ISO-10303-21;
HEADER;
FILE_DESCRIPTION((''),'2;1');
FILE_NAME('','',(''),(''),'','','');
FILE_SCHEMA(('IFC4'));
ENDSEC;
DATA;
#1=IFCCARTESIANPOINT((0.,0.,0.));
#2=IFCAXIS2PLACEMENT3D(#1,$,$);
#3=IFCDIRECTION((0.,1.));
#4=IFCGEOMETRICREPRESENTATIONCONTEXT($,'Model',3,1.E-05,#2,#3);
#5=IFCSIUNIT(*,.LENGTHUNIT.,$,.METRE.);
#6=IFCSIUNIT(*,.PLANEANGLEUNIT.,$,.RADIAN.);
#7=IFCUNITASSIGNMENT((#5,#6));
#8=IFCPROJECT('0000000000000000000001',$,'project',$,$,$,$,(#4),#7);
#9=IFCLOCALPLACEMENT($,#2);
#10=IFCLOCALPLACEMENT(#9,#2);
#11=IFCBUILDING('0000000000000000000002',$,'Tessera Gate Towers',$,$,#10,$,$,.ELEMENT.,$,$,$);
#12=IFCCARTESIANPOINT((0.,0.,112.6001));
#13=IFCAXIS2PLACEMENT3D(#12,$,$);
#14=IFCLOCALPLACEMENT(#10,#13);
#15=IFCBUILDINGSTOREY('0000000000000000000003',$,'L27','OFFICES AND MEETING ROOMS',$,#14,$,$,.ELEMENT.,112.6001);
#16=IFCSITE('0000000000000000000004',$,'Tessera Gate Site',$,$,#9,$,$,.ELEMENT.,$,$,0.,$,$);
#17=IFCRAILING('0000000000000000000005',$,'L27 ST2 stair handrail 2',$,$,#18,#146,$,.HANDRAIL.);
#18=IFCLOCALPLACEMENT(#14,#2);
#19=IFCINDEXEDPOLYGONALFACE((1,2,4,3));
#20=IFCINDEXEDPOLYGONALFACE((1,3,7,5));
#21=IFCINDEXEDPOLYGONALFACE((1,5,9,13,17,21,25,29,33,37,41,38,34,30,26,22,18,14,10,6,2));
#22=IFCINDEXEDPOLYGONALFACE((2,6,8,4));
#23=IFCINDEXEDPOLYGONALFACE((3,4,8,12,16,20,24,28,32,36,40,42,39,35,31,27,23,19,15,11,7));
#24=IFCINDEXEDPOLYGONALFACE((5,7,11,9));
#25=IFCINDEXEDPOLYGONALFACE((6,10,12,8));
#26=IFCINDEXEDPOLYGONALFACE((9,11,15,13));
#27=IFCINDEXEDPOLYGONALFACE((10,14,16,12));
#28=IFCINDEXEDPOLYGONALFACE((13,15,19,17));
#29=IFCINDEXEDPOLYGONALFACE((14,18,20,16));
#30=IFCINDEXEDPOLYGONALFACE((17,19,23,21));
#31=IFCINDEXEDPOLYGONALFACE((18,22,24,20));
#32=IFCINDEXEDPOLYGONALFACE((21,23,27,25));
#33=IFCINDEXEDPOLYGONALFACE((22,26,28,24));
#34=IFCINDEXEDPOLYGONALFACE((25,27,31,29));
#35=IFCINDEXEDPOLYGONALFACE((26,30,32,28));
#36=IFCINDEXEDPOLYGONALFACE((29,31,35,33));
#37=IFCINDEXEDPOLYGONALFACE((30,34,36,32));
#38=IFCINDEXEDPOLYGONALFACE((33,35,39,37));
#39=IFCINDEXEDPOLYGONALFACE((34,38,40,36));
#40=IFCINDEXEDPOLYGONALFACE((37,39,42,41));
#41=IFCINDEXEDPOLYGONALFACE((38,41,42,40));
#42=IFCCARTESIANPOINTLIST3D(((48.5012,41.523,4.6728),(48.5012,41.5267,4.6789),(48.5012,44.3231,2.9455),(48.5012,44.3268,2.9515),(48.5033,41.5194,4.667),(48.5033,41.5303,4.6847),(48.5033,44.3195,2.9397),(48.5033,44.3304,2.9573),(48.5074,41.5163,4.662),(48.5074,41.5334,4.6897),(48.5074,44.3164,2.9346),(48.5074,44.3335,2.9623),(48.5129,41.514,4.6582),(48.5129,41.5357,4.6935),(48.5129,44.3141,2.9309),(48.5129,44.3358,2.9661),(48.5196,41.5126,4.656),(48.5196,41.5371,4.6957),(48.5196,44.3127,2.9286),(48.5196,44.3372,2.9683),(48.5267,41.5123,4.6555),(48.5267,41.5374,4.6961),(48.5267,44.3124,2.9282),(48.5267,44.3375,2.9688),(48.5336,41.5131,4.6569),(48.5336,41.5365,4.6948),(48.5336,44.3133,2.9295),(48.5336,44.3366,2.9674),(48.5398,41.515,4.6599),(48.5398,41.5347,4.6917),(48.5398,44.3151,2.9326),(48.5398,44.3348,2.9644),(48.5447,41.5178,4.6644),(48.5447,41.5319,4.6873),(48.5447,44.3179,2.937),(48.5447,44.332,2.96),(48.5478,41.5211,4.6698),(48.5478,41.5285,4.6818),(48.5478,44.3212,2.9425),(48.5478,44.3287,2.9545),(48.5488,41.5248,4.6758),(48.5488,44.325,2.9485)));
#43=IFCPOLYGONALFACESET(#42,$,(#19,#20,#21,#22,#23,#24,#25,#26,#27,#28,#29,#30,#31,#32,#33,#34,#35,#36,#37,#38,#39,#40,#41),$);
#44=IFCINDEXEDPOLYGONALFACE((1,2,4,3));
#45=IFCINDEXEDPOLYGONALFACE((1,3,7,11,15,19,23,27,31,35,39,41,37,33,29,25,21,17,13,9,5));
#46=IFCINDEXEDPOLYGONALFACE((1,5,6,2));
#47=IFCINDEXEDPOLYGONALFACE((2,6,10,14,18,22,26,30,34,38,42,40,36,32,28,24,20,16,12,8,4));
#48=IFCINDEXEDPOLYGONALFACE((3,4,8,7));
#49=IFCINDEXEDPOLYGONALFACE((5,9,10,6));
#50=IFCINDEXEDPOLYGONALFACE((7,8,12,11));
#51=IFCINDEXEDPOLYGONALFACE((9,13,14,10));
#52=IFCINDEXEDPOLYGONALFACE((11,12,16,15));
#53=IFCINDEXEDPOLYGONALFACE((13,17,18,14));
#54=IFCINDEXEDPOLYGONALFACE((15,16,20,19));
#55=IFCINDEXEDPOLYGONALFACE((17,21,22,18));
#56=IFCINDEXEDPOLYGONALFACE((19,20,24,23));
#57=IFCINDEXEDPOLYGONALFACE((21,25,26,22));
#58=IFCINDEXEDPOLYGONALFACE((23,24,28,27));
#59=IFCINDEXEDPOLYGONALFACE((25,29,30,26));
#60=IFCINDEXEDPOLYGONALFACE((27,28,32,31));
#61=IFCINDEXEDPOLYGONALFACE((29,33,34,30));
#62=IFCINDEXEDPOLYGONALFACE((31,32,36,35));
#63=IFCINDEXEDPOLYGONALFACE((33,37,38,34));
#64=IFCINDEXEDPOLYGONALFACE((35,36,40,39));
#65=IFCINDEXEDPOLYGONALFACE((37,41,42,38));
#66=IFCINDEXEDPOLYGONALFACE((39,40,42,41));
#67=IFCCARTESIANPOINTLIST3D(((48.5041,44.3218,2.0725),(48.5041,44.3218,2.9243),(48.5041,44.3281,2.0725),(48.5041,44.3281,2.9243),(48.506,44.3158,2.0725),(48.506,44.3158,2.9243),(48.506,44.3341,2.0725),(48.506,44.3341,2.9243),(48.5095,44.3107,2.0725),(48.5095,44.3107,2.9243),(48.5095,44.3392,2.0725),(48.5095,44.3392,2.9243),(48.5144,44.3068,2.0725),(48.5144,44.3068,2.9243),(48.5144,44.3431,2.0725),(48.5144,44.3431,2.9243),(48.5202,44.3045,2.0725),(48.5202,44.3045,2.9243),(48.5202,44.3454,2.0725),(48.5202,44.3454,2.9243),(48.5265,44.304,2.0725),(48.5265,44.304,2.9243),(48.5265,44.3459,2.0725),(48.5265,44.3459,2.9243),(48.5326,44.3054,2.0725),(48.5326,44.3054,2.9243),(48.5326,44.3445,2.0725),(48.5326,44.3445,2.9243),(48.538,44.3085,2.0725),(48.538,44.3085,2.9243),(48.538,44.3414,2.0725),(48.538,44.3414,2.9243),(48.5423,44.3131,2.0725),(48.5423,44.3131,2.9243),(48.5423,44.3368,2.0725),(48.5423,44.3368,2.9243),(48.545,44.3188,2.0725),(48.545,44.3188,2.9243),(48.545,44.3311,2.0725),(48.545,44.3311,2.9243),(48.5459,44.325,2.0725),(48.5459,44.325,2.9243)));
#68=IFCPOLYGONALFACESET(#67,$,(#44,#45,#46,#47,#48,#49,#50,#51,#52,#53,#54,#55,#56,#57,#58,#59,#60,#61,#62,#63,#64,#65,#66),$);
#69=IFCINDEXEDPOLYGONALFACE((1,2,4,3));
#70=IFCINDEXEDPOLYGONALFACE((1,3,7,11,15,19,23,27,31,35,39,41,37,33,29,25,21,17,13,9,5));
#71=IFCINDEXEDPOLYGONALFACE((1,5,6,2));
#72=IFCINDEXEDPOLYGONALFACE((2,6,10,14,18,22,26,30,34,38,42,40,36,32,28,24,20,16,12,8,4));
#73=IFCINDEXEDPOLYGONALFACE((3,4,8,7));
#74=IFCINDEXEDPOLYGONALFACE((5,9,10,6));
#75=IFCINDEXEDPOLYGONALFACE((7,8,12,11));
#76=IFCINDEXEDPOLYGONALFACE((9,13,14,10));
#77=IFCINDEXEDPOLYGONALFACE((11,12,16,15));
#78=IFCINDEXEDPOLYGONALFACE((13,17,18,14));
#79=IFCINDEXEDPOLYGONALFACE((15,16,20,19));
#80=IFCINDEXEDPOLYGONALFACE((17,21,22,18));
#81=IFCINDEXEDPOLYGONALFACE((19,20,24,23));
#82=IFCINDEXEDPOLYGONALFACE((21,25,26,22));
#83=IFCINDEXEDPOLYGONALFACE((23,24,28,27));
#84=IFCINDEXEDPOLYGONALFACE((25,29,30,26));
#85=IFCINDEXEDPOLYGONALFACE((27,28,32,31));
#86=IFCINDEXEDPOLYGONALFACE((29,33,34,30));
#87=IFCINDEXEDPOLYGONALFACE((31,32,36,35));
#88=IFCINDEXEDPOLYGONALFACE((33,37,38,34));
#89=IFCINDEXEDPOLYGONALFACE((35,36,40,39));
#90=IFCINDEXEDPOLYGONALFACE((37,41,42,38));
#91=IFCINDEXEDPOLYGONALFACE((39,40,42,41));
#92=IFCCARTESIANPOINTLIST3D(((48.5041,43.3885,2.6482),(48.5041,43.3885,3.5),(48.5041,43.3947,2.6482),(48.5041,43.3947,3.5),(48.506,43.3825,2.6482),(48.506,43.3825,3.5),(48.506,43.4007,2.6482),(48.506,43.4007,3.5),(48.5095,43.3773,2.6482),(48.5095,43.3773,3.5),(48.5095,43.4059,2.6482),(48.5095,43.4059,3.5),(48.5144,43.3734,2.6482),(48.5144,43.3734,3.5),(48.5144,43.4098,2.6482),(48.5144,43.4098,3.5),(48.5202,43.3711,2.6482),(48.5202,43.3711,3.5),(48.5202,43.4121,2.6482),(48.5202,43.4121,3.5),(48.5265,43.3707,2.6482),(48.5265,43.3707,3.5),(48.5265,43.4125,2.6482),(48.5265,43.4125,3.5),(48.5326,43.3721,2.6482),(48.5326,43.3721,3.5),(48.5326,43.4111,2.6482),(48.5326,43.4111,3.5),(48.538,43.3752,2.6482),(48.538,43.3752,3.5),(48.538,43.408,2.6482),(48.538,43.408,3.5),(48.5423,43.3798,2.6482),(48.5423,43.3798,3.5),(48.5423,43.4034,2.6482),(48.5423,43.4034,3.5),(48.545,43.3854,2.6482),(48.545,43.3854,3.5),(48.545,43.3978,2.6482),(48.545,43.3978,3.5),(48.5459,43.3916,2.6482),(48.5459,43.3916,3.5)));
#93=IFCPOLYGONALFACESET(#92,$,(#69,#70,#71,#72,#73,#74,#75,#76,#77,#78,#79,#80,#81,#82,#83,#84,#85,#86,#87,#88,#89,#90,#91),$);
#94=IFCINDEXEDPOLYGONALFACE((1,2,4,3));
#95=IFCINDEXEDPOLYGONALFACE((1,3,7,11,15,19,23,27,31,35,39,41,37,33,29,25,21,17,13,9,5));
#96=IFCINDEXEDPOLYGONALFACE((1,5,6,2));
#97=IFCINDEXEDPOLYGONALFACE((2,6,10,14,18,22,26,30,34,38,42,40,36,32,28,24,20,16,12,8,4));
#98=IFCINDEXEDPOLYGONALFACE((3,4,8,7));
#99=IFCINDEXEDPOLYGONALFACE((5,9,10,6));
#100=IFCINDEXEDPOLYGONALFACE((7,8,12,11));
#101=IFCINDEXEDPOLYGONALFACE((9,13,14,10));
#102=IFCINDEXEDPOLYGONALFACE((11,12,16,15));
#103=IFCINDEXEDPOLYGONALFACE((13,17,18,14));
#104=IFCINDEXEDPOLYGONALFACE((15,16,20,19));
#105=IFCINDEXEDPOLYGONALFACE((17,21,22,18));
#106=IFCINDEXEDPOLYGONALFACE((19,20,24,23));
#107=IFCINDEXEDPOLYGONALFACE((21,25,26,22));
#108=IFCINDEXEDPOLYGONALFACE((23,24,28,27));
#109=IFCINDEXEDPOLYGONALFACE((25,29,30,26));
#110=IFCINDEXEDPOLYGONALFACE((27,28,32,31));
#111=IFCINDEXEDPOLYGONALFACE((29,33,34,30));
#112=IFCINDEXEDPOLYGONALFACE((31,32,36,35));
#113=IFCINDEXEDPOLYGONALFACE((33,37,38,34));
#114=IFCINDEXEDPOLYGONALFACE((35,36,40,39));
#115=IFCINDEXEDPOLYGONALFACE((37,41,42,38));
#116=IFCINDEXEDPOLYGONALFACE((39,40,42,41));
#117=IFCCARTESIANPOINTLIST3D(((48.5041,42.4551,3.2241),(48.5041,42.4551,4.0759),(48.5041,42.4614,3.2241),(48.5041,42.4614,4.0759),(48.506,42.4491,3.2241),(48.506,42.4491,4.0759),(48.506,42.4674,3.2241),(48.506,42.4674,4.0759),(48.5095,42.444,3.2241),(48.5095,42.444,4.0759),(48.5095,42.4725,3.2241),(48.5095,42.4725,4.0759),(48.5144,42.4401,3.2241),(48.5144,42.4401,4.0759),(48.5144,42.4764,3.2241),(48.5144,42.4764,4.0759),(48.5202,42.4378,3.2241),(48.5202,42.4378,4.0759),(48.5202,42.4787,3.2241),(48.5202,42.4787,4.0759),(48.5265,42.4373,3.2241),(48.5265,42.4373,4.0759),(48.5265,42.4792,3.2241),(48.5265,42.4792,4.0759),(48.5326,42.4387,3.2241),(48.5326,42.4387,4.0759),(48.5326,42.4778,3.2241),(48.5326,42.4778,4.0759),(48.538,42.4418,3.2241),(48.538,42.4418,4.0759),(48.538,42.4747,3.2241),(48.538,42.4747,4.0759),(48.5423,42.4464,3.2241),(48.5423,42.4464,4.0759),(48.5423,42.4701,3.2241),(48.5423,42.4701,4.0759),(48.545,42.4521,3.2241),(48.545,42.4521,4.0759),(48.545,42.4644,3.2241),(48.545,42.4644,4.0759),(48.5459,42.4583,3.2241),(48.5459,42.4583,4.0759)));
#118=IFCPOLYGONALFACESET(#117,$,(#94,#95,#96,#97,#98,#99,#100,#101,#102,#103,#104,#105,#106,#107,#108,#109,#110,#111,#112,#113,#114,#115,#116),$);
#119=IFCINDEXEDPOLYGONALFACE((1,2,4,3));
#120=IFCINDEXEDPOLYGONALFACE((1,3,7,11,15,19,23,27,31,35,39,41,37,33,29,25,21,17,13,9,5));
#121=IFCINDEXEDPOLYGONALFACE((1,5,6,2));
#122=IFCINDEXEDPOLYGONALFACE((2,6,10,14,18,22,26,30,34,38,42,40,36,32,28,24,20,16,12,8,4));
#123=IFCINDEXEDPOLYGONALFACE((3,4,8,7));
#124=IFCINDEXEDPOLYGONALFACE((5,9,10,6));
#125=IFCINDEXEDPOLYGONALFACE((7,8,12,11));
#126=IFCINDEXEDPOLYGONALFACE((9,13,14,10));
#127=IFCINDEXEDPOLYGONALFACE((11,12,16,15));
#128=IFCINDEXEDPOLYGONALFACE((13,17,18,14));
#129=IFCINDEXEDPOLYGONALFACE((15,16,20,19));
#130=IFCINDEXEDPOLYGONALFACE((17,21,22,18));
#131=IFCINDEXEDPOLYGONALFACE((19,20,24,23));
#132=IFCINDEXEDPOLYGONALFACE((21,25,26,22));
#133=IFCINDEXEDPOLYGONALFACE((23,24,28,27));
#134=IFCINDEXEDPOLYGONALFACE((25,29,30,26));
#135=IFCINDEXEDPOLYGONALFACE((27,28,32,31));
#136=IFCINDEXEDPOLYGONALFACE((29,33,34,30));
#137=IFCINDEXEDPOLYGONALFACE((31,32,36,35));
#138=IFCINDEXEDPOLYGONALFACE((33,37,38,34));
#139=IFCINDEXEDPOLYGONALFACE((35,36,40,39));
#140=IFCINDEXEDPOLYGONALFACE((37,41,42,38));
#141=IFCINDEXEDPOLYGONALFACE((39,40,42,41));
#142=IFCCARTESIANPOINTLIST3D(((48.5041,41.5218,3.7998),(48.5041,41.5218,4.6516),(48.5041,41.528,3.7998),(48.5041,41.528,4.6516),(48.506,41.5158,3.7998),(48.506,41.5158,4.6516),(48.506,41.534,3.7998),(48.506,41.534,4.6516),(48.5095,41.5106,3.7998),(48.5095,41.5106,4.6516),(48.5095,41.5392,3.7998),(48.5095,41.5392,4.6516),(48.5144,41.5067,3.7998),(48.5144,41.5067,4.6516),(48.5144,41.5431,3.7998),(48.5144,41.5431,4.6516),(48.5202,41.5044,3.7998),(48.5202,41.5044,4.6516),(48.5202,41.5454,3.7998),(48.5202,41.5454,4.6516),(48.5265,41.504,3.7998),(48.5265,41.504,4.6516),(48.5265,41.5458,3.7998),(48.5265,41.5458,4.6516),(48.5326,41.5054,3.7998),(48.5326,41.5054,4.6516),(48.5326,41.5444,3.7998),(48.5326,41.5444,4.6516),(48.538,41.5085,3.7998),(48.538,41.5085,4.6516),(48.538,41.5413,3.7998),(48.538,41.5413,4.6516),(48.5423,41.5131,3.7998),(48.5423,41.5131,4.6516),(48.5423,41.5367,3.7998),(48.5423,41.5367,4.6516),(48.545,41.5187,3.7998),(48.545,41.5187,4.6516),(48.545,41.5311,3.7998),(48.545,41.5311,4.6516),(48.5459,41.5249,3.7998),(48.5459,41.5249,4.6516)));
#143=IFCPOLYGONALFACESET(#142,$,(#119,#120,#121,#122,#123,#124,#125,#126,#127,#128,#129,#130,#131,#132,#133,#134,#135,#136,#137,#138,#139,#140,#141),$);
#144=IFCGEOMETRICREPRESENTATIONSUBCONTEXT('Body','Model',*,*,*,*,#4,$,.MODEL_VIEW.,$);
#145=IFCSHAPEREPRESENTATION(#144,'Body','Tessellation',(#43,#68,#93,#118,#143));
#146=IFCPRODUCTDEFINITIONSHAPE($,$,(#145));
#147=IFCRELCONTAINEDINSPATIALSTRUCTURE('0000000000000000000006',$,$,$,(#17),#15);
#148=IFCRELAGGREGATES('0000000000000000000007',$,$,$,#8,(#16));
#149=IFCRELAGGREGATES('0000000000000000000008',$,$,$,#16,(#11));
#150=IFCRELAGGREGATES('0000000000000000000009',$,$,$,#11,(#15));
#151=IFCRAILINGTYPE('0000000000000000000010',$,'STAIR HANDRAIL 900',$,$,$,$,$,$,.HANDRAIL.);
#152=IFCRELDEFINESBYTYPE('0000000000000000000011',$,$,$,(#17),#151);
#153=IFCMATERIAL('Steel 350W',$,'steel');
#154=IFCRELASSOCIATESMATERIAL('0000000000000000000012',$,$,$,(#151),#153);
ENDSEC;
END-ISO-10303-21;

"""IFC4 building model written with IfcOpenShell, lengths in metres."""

from ifc_helpers import new_model, si_unit, direction, frame, origin, origin_2d, place, context, subcontext, project, spatial, circle, extrude, material, type_object, element, save


model = new_model("IFC4")

# Units and contexts
model_context = context("Model", 3, precision=1e-05, world=origin(), true_north=direction((0.0, 1.0)))
body_context = subcontext(model_context, "Body", "Model", "MODEL_VIEW")
ifc_project = project(units=[si_unit("LENGTHUNIT", "METRE"), si_unit("PLANEANGLEUNIT", "RADIAN")], contexts=[model_context])

# Site, building, storey
site_placement = place(None, origin())
site = spatial("IfcSite", under=ifc_project, at=site_placement, Name="Tessera Gate Site", CompositionType="ELEMENT", RefElevation=0.0)
building_placement = place(site_placement, origin())
building = spatial("IfcBuilding", under=site, at=building_placement, Name="Tessera Gate Towers", CompositionType="ELEMENT")
storey_placement = place(building_placement, frame((0.0, 0.0, 112.6001)))
storey = spatial("IfcBuildingStorey", under=building, at=storey_placement, Name="L27", Description="OFFICES AND MEETING ROOMS", CompositionType="ELEMENT", Elevation=112.6001)

# Railing
ifc_material_1 = material(Name="Steel 350W", Category="steel")
railing_type_1 = type_object("IfcRailingType", Name="STAIR HANDRAIL 900", PredefinedType="HANDRAIL", material=ifc_material_1)
railing_1_placement = place(storey_placement, frame((48.5249, 44.325, 2.0725)))
element("IfcRailing", 1, at=railing_1_placement, inside=storey, type_object=railing_type_1, Name="L27 ST2 stair handrail 2", PredefinedType="HANDRAIL", context=body_context, shape_type="SweptSolid", body=[
    extrude(circle(Radius=0.0239, at=origin_2d()), frame((0.0, 0.0, 0.876), z_axis=(0.0, -0.85109, 0.52502), x_axis=(1.0, 0.0, 0.0)), (0.0, 0.0, 1.0), 3.29),
    extrude(circle(Radius=0.021, at=origin_2d()), origin(), (0.0, 0.0, 1.0), 0.8518),
    extrude(circle(Radius=0.021, at=origin_2d()), frame((0.0, -0.9333, 0.5757)), (0.0, 0.0, 1.0), 0.8518),
    extrude(circle(Radius=0.021, at=origin_2d()), frame((0.0, -1.8667, 1.1516)), (0.0, 0.0, 1.0), 0.8518),
    extrude(circle(Radius=0.021, at=origin_2d()), frame((0.0, -2.8, 1.7273)), (0.0, 0.0, 1.0), 0.8518),
])

save(model, "model.ifc")
